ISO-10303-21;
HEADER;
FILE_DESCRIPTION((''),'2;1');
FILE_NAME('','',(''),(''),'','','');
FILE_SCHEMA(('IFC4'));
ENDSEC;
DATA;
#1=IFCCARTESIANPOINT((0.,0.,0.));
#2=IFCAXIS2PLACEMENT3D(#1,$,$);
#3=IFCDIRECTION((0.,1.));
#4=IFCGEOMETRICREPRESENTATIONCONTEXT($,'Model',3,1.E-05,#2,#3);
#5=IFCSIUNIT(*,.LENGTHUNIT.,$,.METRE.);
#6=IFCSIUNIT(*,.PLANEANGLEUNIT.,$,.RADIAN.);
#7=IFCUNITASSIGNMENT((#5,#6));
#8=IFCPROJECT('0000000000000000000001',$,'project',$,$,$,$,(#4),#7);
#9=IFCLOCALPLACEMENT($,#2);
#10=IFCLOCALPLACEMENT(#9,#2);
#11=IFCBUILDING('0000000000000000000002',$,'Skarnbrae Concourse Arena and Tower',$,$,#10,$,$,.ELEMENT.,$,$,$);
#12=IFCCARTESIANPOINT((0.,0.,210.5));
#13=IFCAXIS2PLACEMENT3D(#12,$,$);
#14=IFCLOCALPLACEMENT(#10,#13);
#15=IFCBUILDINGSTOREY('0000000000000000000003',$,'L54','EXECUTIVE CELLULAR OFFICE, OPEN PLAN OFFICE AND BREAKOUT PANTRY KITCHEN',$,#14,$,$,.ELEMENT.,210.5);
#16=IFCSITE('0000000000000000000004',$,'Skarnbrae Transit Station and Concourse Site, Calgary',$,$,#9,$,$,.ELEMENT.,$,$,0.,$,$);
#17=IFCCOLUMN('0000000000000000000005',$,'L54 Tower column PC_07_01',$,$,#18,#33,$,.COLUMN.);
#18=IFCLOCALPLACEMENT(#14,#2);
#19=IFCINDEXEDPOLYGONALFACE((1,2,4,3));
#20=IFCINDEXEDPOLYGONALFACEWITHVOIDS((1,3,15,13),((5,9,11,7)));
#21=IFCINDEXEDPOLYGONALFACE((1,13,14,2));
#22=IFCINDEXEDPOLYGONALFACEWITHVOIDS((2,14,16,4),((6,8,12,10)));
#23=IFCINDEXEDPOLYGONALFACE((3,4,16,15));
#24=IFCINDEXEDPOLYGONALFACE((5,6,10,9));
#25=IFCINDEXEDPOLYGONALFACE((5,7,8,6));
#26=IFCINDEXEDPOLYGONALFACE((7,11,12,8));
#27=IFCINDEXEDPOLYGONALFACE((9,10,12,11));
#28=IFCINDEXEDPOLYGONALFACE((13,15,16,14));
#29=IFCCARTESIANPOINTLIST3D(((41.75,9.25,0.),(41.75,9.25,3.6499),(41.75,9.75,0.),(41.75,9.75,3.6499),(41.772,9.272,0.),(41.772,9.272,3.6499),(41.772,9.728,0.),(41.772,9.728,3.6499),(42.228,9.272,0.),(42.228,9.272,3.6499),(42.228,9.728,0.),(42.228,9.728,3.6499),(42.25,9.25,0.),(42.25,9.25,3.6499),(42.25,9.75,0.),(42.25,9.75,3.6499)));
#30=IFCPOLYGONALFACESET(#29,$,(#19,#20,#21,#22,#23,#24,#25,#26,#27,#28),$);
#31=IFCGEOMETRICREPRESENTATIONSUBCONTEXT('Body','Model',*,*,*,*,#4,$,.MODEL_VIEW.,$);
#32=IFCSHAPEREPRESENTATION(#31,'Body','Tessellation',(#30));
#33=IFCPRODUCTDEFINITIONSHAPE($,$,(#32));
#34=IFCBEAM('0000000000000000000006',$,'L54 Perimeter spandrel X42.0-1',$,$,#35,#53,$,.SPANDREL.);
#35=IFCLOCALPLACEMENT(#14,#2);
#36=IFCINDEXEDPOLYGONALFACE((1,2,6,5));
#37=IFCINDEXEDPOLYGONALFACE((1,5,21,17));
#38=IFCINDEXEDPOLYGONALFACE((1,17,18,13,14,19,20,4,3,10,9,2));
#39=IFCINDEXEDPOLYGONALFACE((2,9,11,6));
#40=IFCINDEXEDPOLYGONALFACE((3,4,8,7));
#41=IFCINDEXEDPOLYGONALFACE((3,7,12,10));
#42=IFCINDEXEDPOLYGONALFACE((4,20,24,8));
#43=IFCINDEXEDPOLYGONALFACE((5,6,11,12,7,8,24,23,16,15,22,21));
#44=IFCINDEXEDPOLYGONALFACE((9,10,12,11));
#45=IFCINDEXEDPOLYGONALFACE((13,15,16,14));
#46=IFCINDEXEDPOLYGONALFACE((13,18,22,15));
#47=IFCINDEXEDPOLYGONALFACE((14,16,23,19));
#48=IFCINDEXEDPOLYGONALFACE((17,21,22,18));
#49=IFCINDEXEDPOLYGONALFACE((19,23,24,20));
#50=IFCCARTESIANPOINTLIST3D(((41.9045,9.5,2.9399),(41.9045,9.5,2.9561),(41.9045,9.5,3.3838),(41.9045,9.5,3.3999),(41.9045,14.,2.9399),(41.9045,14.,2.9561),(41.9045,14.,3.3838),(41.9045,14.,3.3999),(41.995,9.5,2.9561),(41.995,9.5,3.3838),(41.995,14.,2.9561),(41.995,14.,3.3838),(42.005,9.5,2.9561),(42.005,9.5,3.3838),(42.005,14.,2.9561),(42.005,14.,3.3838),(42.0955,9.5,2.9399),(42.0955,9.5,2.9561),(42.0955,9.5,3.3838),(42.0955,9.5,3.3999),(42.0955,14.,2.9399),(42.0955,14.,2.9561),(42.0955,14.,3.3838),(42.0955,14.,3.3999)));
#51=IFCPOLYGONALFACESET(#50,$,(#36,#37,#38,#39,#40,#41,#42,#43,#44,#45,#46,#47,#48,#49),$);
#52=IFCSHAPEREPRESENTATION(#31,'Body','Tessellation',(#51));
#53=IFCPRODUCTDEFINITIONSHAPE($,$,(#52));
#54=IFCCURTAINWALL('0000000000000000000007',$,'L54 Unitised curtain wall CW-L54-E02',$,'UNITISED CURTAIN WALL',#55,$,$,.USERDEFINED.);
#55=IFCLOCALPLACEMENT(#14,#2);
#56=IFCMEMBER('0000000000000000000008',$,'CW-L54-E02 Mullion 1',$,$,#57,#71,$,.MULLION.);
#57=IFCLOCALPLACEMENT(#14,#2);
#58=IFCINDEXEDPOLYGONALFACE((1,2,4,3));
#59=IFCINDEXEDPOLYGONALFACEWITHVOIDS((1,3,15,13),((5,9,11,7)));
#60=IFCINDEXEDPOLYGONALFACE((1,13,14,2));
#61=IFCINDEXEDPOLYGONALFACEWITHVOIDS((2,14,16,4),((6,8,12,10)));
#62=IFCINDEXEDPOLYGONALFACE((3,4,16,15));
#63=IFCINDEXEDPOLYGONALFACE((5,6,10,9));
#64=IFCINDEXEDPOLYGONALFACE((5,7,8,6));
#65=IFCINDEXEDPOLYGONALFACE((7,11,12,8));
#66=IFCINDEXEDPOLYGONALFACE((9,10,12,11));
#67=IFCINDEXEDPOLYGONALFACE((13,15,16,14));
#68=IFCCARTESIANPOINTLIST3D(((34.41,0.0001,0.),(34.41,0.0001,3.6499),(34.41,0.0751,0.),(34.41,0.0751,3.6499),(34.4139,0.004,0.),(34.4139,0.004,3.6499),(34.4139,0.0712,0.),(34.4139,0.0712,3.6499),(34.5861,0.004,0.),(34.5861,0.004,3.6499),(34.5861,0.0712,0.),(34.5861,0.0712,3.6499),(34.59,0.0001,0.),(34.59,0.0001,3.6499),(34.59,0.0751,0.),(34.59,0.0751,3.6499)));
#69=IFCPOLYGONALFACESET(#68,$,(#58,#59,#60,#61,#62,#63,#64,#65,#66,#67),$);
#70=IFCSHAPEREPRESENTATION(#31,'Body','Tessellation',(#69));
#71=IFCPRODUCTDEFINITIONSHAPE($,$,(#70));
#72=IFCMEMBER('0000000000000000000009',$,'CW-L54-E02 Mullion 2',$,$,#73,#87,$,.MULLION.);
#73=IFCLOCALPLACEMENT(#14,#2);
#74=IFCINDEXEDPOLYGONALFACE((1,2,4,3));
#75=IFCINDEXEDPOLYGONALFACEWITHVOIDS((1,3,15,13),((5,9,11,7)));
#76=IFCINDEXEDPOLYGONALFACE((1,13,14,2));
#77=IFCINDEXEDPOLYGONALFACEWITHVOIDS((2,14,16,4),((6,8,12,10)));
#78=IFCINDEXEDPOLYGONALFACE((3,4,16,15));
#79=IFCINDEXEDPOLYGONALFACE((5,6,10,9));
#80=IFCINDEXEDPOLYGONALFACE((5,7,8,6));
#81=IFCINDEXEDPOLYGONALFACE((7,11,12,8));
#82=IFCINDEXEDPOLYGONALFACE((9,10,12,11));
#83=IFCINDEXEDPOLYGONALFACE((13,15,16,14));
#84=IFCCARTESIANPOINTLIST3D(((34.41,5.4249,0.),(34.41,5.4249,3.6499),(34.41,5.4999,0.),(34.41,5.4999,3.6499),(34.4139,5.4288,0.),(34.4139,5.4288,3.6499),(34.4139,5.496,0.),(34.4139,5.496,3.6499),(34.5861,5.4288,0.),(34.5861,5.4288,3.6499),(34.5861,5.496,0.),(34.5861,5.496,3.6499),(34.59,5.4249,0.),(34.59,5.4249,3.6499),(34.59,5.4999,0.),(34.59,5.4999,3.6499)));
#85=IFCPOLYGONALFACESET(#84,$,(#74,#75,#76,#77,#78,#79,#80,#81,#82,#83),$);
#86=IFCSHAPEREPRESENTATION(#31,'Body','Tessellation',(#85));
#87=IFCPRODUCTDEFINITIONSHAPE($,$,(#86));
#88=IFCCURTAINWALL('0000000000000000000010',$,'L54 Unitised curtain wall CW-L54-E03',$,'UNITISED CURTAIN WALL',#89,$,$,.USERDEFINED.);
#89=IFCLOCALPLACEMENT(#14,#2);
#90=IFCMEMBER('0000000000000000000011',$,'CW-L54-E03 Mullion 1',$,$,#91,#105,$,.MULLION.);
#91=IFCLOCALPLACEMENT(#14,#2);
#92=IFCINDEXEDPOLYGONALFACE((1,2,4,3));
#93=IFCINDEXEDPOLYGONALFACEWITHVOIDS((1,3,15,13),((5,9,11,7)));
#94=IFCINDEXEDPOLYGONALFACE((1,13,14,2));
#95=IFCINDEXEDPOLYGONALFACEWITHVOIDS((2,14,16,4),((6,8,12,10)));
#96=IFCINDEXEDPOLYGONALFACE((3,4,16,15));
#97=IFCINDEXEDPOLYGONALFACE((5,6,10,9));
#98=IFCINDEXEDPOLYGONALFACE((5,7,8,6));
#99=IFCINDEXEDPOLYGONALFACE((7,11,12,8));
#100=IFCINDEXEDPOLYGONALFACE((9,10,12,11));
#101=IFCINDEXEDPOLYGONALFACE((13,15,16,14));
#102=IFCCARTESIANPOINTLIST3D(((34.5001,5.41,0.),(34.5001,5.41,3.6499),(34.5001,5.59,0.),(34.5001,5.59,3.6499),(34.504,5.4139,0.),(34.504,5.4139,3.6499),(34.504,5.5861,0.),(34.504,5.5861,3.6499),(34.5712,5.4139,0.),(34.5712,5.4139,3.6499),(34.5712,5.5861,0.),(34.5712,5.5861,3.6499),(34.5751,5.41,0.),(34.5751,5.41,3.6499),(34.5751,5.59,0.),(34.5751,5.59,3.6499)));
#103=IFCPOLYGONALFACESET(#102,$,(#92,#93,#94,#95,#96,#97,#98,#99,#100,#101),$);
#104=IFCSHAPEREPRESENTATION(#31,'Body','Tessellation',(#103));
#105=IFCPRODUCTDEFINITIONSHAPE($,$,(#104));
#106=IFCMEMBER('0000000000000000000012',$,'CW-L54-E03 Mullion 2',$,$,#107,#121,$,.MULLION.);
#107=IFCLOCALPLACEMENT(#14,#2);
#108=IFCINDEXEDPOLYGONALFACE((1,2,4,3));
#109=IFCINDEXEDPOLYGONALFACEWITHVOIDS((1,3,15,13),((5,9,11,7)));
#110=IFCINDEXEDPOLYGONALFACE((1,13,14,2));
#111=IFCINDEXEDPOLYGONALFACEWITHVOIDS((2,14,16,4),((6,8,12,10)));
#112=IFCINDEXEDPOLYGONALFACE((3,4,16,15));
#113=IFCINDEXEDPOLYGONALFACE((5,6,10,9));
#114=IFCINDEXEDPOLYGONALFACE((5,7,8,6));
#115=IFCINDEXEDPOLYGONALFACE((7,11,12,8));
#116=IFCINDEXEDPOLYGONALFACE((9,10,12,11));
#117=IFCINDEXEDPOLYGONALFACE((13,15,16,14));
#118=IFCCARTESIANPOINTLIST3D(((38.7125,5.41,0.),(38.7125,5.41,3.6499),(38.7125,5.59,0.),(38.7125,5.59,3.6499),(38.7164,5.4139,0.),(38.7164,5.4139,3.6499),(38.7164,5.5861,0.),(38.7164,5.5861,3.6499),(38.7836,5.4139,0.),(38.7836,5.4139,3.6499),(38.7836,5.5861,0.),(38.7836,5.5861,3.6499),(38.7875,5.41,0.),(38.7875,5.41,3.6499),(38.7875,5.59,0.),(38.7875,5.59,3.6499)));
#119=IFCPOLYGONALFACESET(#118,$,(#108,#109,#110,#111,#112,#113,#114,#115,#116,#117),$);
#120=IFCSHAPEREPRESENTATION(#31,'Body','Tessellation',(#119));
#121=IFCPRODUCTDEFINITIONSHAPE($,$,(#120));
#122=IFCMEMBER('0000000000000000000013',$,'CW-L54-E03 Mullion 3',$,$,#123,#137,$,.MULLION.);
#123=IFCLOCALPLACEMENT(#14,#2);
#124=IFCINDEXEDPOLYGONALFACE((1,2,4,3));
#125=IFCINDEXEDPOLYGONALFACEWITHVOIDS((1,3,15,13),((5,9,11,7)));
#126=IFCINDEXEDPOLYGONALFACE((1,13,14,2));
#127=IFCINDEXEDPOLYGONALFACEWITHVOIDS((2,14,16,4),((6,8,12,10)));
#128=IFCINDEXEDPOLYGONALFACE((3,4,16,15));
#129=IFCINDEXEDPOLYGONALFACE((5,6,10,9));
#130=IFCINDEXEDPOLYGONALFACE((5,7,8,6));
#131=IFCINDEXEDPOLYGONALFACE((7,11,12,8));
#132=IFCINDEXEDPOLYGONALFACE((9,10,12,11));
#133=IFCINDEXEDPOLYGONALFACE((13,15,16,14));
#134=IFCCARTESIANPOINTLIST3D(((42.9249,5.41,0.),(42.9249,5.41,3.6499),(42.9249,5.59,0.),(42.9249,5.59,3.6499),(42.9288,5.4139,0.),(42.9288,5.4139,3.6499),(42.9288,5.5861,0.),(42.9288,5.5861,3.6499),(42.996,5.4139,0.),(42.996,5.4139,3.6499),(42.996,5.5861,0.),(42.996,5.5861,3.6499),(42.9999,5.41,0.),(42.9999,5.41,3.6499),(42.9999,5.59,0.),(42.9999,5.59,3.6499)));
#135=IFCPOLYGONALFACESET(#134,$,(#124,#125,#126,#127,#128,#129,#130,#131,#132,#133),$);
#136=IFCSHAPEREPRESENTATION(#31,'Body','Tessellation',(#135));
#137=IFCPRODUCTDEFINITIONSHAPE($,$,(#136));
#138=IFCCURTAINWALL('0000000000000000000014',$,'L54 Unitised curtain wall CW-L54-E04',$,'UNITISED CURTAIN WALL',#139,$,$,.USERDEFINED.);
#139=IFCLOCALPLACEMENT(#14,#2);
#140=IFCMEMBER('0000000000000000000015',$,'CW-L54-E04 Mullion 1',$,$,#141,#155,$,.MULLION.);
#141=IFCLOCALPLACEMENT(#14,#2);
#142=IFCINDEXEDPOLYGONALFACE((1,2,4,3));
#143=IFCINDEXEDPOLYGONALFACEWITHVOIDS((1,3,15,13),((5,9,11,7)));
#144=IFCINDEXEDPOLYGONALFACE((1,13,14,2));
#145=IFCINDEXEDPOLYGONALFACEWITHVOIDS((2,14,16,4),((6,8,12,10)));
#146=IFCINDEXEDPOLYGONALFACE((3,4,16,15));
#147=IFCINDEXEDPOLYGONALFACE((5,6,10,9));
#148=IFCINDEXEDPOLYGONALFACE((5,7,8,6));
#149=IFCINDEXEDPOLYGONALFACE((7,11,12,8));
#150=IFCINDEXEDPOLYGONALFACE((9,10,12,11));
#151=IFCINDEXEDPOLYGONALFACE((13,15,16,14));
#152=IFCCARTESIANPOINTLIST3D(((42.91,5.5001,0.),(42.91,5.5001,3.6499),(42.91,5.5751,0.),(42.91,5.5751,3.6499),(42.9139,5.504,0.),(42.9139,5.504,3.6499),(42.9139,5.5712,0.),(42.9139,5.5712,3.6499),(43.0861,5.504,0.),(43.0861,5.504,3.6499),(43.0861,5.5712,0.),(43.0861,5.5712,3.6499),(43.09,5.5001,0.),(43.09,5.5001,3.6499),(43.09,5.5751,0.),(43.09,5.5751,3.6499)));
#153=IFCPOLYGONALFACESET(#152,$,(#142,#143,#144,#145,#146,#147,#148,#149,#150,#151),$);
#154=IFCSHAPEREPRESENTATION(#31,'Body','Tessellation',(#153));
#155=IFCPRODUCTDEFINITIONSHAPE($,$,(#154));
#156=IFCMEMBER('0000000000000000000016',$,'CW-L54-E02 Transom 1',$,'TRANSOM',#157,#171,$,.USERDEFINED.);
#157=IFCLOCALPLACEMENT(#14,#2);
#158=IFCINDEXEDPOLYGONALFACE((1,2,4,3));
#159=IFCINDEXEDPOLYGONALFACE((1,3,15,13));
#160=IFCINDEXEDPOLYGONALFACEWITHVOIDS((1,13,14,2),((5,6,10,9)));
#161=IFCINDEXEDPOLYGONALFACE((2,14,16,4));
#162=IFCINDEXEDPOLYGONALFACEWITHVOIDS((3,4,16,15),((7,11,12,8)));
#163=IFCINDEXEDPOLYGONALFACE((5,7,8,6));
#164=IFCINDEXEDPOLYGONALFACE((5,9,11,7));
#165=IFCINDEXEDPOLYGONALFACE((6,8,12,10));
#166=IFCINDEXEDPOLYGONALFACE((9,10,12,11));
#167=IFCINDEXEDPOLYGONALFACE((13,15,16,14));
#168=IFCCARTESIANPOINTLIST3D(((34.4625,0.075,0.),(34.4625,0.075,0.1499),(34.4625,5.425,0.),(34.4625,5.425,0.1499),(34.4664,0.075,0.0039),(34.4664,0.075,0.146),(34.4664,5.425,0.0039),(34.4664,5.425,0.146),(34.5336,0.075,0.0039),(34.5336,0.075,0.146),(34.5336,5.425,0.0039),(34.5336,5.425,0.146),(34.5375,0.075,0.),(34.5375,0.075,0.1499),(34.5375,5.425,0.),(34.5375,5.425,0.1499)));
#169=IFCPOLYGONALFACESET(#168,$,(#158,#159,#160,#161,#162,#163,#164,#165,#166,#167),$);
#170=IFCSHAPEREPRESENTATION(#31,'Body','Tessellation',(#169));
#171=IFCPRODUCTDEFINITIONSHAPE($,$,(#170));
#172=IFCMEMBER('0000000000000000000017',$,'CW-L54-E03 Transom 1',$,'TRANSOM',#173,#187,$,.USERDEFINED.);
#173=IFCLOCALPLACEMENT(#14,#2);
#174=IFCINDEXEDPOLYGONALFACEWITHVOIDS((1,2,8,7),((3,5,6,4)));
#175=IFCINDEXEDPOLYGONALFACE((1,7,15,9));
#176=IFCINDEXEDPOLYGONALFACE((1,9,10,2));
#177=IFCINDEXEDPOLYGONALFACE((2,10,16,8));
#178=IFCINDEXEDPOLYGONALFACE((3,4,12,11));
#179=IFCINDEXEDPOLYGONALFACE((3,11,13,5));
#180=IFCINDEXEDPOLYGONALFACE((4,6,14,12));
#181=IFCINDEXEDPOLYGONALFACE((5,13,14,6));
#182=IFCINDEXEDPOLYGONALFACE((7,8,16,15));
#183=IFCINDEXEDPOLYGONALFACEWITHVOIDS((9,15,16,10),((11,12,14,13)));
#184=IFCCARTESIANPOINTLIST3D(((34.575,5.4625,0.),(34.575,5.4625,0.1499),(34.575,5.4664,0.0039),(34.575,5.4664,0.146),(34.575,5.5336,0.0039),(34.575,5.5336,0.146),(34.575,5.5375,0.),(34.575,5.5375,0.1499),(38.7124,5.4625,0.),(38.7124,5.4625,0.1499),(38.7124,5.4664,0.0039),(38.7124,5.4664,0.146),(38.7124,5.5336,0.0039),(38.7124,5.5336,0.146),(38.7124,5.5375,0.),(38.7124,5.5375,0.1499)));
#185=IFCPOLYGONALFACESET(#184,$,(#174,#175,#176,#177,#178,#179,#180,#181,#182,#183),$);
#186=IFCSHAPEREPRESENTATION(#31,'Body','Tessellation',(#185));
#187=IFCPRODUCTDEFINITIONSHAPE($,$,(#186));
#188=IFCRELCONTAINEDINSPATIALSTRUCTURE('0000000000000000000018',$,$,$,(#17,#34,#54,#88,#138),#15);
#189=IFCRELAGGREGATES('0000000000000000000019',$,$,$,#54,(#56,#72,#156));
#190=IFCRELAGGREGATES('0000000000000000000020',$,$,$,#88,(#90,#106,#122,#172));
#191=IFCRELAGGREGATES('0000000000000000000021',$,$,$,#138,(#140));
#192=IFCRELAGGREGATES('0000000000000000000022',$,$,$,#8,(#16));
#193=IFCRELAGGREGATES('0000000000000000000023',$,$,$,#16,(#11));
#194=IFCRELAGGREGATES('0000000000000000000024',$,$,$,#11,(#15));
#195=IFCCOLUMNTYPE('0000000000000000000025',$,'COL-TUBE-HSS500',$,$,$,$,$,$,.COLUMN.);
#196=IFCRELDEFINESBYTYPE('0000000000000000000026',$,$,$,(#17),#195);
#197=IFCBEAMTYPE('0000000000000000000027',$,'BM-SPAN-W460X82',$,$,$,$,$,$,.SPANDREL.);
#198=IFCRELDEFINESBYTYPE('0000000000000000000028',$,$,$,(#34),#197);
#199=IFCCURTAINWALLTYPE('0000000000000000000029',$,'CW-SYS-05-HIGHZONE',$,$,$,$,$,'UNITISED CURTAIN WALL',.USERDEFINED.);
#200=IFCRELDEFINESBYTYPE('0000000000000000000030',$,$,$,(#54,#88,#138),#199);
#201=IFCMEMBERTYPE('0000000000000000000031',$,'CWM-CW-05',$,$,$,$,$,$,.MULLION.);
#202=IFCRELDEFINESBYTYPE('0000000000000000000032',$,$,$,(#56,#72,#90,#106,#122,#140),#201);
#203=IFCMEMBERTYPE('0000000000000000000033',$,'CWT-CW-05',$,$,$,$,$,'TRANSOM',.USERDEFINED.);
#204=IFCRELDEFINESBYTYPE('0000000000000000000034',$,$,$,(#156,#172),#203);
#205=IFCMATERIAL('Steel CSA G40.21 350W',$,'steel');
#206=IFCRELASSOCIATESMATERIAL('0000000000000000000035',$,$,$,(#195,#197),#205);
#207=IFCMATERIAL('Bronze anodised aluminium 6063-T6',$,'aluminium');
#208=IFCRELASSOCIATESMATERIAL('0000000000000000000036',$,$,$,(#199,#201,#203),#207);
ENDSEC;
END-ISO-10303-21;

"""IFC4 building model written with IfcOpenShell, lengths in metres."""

from ifc_helpers import new_model, si_unit, direction, frame, origin, origin_2d, place, context, subcontext, project, spatial, hollow_rectangle, i_section, extrude, source, transform, mapped, material, material_profile, profile_set, type_object, element, aggregate, save


model = new_model("IFC4")

# Units and contexts
model_context = context("Model", 3, precision=1e-05, world=origin(), true_north=direction((0.0, 1.0)))
body_context = subcontext(model_context, "Body", "Model", "MODEL_VIEW")
ifc_project = project(units=[si_unit("LENGTHUNIT", "METRE"), si_unit("PLANEANGLEUNIT", "RADIAN")], contexts=[model_context])

# Site, building, storey
site_placement = place(None, origin())
site = spatial("IfcSite", under=ifc_project, at=site_placement, Name="Skarnbrae Transit Station and Concourse Site, Calgary", CompositionType="ELEMENT", RefElevation=0.0)
building_placement = place(site_placement, origin())
building = spatial("IfcBuilding", under=site, at=building_placement, Name="Skarnbrae Concourse Arena and Tower", CompositionType="ELEMENT")
storey_placement = place(building_placement, frame((0.0, 0.0, 210.5)))
storey = spatial("IfcBuildingStorey", under=building, at=storey_placement, Name="L54", Description="EXECUTIVE CELLULAR OFFICE, OPEN PLAN OFFICE AND BREAKOUT PANTRY KITCHEN", CompositionType="ELEMENT", Elevation=210.5)

# Column
ifc_material_1 = material(Name="Steel CSA G40.21 350W", Category="steel")
ifc_material_profile_1 = material_profile(ifc_material_1, hollow_rectangle(XDim=0.5, YDim=0.5, WallThickness=0.022, at=origin_2d()), Name="HSS500X500X22.0")
ifc_profile_set_1 = profile_set([ifc_material_profile_1], Name="Steel CSA G40.21 350W")
column_type = type_object("IfcColumnType", Name="COL-TUBE-HSS500", PredefinedType="COLUMN", material=ifc_profile_set_1)
shared_shape_1 = source(origin(), body_context, "Body", "SweptSolid", [
    extrude(hollow_rectangle(XDim=0.5, YDim=0.5, WallThickness=0.022, at=origin_2d()), origin(), (0.0, 0.0, 1.0), 3.6499),
])
column_placement = place(storey_placement, frame((42.0, 9.5, 0.0), z_axis=(0.0, 0.0, 1.0), x_axis=(1.0, 0.0, 0.0)))
element("IfcColumn", 1, at=column_placement, inside=storey, type_object=column_type, Name="L54 Tower column PC_07_01", PredefinedType="COLUMN", context=body_context, shape_type="MappedRepresentation", body=[
    mapped(shared_shape_1, transform((0.0, 0.0, 0.0))),
])

# Beam
ifc_material_profile_2 = material_profile(ifc_material_1, i_section(OverallWidth=0.1909, OverallDepth=0.46, WebThickness=0.01, FlangeThickness=0.0161, at=origin_2d()), Name="W460X82")
ifc_profile_set_2 = profile_set([ifc_material_profile_2], Name="Steel CSA G40.21 350W")
beam_type = type_object("IfcBeamType", Name="BM-SPAN-W460X82", PredefinedType="SPANDREL", material=ifc_profile_set_2)
shared_shape_2 = source(origin(), body_context, "Body", "SweptSolid", [
    extrude(i_section(OverallWidth=0.1909, OverallDepth=0.46, WebThickness=0.01, FlangeThickness=0.0161, at=origin_2d()), origin(), (0.0, 0.0, 1.0), 4.5),
])
beam_placement = place(storey_placement, frame((42.0, 9.5, 3.1699), z_axis=(0.0, 1.0, 0.0), x_axis=(-1.0, 0.0, 0.0)))
element("IfcBeam", 2, at=beam_placement, inside=storey, type_object=beam_type, Name="L54 Perimeter spandrel X42.0-1", PredefinedType="SPANDREL", context=body_context, shape_type="MappedRepresentation", body=[
    mapped(shared_shape_2, transform((0.0, 0.0, 0.0))),
])

# Curtain walls, members
ifc_material_2 = material(Name="Bronze anodised aluminium 6063-T6", Category="aluminium")
curtain_wall_type = type_object("IfcCurtainWallType", Name="CW-SYS-05-HIGHZONE", ElementType="UNITISED CURTAIN WALL", PredefinedType="USERDEFINED", material=ifc_material_2)
curtain_wall_1_placement = place(storey_placement, origin())
curtain_wall_1 = element("IfcCurtainWall", 3, at=curtain_wall_1_placement, inside=storey, type_object=curtain_wall_type, Name="L54 Unitised curtain wall CW-L54-E02", ObjectType="UNITISED CURTAIN WALL", PredefinedType="USERDEFINED")
ifc_material_profile_3 = material_profile(ifc_material_2, hollow_rectangle(XDim=0.075, YDim=0.1799, WallThickness=0.0039, at=origin_2d()), Name="ALU-MULL-75X180")
ifc_profile_set_3 = profile_set([ifc_material_profile_3], Name="Bronze anodised aluminium 6063-T6")
member_type_1 = type_object("IfcMemberType", Name="CWM-CW-05", PredefinedType="MULLION", material=ifc_profile_set_3)
shared_shape_3 = source(origin(), body_context, "Body", "SweptSolid", [
    extrude(hollow_rectangle(XDim=0.075, YDim=0.1799, WallThickness=0.0039, at=origin_2d()), origin(), (0.0, 0.0, 1.0), 3.6499),
])
member_1_placement = place(storey_placement, frame((34.5, 0.0376, 0.0), z_axis=(0.0, 0.0, 1.0), x_axis=(0.0, 1.0, 0.0)))
member_1 = element("IfcMember", 4, at=member_1_placement, type_object=member_type_1, Name="CW-L54-E02 Mullion 1", PredefinedType="MULLION", context=body_context, shape_type="MappedRepresentation", body=[
    mapped(shared_shape_3, transform((0.0, 0.0, 0.0))),
])
member_2_placement = place(storey_placement, frame((34.5, 5.4624, 0.0), z_axis=(0.0, 0.0, 1.0), x_axis=(0.0, 1.0, 0.0)))
member_2 = element("IfcMember", 5, at=member_2_placement, type_object=member_type_1, Name="CW-L54-E02 Mullion 2", PredefinedType="MULLION", context=body_context, shape_type="MappedRepresentation", body=[
    mapped(shared_shape_3, transform((0.0, 0.0, 0.0))),
])
curtain_wall_2_placement = place(storey_placement, origin())
curtain_wall_2 = element("IfcCurtainWall", 6, at=curtain_wall_2_placement, inside=storey, type_object=curtain_wall_type, Name="L54 Unitised curtain wall CW-L54-E03", ObjectType="UNITISED CURTAIN WALL", PredefinedType="USERDEFINED")
member_3_placement = place(storey_placement, frame((34.5376, 5.5, 0.0), z_axis=(0.0, 0.0, 1.0), x_axis=(1.0, 0.0, 0.0)))
member_3 = element("IfcMember", 7, at=member_3_placement, type_object=member_type_1, Name="CW-L54-E03 Mullion 1", PredefinedType="MULLION", context=body_context, shape_type="MappedRepresentation", body=[
    mapped(shared_shape_3, transform((0.0, 0.0, 0.0))),
])
member_4_placement = place(storey_placement, frame((38.75, 5.5, 0.0), z_axis=(0.0, 0.0, 1.0), x_axis=(1.0, 0.0, 0.0)))
member_4 = element("IfcMember", 8, at=member_4_placement, type_object=member_type_1, Name="CW-L54-E03 Mullion 2", PredefinedType="MULLION", context=body_context, shape_type="MappedRepresentation", body=[
    mapped(shared_shape_3, transform((0.0, 0.0, 0.0))),
])
member_5_placement = place(storey_placement, frame((42.9624, 5.5, 0.0), z_axis=(0.0, 0.0, 1.0), x_axis=(1.0, 0.0, 0.0)))
member_5 = element("IfcMember", 9, at=member_5_placement, type_object=member_type_1, Name="CW-L54-E03 Mullion 3", PredefinedType="MULLION", context=body_context, shape_type="MappedRepresentation", body=[
    mapped(shared_shape_3, transform((0.0, 0.0, 0.0))),
])

# Curtain wall, member
curtain_wall_3_placement = place(storey_placement, origin())
curtain_wall_3 = element("IfcCurtainWall", 10, at=curtain_wall_3_placement, inside=storey, type_object=curtain_wall_type, Name="L54 Unitised curtain wall CW-L54-E04", ObjectType="UNITISED CURTAIN WALL", PredefinedType="USERDEFINED")
member_6_placement = place(storey_placement, frame((43.0, 5.5376, 0.0), z_axis=(0.0, 0.0, 1.0), x_axis=(0.0, 1.0, 0.0)))
member_6 = element("IfcMember", 11, at=member_6_placement, type_object=member_type_1, Name="CW-L54-E04 Mullion 1", PredefinedType="MULLION", context=body_context, shape_type="MappedRepresentation", body=[
    mapped(shared_shape_3, transform((0.0, 0.0, 0.0))),
])

# Members
ifc_material_profile_4 = material_profile(ifc_material_2, hollow_rectangle(XDim=0.075, YDim=0.1499, WallThickness=0.0039, at=origin_2d()), Name="ALU-TRAN-75X150")
ifc_profile_set_4 = profile_set([ifc_material_profile_4], Name="Bronze anodised aluminium 6063-T6")
member_type_2 = type_object("IfcMemberType", Name="CWT-CW-05", ElementType="TRANSOM", PredefinedType="USERDEFINED", material=ifc_profile_set_4)
shared_shape_4 = source(origin(), body_context, "Body", "SweptSolid", [
    extrude(hollow_rectangle(XDim=0.075, YDim=0.1499, WallThickness=0.0039, at=origin_2d()), origin(), (0.0, 0.0, 1.0), 5.3501),
])
member_7_placement = place(storey_placement, frame((34.5, 0.075, 0.075), z_axis=(0.0, 1.0, 0.0), x_axis=(-1.0, 0.0, 0.0)))
member_7 = element("IfcMember", 12, at=member_7_placement, type_object=member_type_2, Name="CW-L54-E02 Transom 1", ObjectType="TRANSOM", PredefinedType="USERDEFINED", context=body_context, shape_type="MappedRepresentation", body=[
    mapped(shared_shape_4, transform((0.0, 0.0, 0.0))),
])
shared_shape_5 = source(origin(), body_context, "Body", "SweptSolid", [
    extrude(hollow_rectangle(XDim=0.075, YDim=0.1499, WallThickness=0.0039, at=origin_2d()), origin(), (0.0, 0.0, 1.0), 4.1375),
])
member_8_placement = place(storey_placement, frame((34.575, 5.5, 0.075), z_axis=(1.0, 0.0, 0.0), x_axis=(0.0, 1.0, 0.0)))
member_8 = element("IfcMember", 13, at=member_8_placement, type_object=member_type_2, Name="CW-L54-E03 Transom 1", ObjectType="TRANSOM", PredefinedType="USERDEFINED", context=body_context, shape_type="MappedRepresentation", body=[
    mapped(shared_shape_5, transform((0.0, 0.0, 0.0))),
])

aggregate(curtain_wall_1, [member_1, member_2, member_7])
aggregate(curtain_wall_2, [member_3, member_4, member_5, member_8])
aggregate(curtain_wall_3, [member_6])

save(model, "model.ifc")
